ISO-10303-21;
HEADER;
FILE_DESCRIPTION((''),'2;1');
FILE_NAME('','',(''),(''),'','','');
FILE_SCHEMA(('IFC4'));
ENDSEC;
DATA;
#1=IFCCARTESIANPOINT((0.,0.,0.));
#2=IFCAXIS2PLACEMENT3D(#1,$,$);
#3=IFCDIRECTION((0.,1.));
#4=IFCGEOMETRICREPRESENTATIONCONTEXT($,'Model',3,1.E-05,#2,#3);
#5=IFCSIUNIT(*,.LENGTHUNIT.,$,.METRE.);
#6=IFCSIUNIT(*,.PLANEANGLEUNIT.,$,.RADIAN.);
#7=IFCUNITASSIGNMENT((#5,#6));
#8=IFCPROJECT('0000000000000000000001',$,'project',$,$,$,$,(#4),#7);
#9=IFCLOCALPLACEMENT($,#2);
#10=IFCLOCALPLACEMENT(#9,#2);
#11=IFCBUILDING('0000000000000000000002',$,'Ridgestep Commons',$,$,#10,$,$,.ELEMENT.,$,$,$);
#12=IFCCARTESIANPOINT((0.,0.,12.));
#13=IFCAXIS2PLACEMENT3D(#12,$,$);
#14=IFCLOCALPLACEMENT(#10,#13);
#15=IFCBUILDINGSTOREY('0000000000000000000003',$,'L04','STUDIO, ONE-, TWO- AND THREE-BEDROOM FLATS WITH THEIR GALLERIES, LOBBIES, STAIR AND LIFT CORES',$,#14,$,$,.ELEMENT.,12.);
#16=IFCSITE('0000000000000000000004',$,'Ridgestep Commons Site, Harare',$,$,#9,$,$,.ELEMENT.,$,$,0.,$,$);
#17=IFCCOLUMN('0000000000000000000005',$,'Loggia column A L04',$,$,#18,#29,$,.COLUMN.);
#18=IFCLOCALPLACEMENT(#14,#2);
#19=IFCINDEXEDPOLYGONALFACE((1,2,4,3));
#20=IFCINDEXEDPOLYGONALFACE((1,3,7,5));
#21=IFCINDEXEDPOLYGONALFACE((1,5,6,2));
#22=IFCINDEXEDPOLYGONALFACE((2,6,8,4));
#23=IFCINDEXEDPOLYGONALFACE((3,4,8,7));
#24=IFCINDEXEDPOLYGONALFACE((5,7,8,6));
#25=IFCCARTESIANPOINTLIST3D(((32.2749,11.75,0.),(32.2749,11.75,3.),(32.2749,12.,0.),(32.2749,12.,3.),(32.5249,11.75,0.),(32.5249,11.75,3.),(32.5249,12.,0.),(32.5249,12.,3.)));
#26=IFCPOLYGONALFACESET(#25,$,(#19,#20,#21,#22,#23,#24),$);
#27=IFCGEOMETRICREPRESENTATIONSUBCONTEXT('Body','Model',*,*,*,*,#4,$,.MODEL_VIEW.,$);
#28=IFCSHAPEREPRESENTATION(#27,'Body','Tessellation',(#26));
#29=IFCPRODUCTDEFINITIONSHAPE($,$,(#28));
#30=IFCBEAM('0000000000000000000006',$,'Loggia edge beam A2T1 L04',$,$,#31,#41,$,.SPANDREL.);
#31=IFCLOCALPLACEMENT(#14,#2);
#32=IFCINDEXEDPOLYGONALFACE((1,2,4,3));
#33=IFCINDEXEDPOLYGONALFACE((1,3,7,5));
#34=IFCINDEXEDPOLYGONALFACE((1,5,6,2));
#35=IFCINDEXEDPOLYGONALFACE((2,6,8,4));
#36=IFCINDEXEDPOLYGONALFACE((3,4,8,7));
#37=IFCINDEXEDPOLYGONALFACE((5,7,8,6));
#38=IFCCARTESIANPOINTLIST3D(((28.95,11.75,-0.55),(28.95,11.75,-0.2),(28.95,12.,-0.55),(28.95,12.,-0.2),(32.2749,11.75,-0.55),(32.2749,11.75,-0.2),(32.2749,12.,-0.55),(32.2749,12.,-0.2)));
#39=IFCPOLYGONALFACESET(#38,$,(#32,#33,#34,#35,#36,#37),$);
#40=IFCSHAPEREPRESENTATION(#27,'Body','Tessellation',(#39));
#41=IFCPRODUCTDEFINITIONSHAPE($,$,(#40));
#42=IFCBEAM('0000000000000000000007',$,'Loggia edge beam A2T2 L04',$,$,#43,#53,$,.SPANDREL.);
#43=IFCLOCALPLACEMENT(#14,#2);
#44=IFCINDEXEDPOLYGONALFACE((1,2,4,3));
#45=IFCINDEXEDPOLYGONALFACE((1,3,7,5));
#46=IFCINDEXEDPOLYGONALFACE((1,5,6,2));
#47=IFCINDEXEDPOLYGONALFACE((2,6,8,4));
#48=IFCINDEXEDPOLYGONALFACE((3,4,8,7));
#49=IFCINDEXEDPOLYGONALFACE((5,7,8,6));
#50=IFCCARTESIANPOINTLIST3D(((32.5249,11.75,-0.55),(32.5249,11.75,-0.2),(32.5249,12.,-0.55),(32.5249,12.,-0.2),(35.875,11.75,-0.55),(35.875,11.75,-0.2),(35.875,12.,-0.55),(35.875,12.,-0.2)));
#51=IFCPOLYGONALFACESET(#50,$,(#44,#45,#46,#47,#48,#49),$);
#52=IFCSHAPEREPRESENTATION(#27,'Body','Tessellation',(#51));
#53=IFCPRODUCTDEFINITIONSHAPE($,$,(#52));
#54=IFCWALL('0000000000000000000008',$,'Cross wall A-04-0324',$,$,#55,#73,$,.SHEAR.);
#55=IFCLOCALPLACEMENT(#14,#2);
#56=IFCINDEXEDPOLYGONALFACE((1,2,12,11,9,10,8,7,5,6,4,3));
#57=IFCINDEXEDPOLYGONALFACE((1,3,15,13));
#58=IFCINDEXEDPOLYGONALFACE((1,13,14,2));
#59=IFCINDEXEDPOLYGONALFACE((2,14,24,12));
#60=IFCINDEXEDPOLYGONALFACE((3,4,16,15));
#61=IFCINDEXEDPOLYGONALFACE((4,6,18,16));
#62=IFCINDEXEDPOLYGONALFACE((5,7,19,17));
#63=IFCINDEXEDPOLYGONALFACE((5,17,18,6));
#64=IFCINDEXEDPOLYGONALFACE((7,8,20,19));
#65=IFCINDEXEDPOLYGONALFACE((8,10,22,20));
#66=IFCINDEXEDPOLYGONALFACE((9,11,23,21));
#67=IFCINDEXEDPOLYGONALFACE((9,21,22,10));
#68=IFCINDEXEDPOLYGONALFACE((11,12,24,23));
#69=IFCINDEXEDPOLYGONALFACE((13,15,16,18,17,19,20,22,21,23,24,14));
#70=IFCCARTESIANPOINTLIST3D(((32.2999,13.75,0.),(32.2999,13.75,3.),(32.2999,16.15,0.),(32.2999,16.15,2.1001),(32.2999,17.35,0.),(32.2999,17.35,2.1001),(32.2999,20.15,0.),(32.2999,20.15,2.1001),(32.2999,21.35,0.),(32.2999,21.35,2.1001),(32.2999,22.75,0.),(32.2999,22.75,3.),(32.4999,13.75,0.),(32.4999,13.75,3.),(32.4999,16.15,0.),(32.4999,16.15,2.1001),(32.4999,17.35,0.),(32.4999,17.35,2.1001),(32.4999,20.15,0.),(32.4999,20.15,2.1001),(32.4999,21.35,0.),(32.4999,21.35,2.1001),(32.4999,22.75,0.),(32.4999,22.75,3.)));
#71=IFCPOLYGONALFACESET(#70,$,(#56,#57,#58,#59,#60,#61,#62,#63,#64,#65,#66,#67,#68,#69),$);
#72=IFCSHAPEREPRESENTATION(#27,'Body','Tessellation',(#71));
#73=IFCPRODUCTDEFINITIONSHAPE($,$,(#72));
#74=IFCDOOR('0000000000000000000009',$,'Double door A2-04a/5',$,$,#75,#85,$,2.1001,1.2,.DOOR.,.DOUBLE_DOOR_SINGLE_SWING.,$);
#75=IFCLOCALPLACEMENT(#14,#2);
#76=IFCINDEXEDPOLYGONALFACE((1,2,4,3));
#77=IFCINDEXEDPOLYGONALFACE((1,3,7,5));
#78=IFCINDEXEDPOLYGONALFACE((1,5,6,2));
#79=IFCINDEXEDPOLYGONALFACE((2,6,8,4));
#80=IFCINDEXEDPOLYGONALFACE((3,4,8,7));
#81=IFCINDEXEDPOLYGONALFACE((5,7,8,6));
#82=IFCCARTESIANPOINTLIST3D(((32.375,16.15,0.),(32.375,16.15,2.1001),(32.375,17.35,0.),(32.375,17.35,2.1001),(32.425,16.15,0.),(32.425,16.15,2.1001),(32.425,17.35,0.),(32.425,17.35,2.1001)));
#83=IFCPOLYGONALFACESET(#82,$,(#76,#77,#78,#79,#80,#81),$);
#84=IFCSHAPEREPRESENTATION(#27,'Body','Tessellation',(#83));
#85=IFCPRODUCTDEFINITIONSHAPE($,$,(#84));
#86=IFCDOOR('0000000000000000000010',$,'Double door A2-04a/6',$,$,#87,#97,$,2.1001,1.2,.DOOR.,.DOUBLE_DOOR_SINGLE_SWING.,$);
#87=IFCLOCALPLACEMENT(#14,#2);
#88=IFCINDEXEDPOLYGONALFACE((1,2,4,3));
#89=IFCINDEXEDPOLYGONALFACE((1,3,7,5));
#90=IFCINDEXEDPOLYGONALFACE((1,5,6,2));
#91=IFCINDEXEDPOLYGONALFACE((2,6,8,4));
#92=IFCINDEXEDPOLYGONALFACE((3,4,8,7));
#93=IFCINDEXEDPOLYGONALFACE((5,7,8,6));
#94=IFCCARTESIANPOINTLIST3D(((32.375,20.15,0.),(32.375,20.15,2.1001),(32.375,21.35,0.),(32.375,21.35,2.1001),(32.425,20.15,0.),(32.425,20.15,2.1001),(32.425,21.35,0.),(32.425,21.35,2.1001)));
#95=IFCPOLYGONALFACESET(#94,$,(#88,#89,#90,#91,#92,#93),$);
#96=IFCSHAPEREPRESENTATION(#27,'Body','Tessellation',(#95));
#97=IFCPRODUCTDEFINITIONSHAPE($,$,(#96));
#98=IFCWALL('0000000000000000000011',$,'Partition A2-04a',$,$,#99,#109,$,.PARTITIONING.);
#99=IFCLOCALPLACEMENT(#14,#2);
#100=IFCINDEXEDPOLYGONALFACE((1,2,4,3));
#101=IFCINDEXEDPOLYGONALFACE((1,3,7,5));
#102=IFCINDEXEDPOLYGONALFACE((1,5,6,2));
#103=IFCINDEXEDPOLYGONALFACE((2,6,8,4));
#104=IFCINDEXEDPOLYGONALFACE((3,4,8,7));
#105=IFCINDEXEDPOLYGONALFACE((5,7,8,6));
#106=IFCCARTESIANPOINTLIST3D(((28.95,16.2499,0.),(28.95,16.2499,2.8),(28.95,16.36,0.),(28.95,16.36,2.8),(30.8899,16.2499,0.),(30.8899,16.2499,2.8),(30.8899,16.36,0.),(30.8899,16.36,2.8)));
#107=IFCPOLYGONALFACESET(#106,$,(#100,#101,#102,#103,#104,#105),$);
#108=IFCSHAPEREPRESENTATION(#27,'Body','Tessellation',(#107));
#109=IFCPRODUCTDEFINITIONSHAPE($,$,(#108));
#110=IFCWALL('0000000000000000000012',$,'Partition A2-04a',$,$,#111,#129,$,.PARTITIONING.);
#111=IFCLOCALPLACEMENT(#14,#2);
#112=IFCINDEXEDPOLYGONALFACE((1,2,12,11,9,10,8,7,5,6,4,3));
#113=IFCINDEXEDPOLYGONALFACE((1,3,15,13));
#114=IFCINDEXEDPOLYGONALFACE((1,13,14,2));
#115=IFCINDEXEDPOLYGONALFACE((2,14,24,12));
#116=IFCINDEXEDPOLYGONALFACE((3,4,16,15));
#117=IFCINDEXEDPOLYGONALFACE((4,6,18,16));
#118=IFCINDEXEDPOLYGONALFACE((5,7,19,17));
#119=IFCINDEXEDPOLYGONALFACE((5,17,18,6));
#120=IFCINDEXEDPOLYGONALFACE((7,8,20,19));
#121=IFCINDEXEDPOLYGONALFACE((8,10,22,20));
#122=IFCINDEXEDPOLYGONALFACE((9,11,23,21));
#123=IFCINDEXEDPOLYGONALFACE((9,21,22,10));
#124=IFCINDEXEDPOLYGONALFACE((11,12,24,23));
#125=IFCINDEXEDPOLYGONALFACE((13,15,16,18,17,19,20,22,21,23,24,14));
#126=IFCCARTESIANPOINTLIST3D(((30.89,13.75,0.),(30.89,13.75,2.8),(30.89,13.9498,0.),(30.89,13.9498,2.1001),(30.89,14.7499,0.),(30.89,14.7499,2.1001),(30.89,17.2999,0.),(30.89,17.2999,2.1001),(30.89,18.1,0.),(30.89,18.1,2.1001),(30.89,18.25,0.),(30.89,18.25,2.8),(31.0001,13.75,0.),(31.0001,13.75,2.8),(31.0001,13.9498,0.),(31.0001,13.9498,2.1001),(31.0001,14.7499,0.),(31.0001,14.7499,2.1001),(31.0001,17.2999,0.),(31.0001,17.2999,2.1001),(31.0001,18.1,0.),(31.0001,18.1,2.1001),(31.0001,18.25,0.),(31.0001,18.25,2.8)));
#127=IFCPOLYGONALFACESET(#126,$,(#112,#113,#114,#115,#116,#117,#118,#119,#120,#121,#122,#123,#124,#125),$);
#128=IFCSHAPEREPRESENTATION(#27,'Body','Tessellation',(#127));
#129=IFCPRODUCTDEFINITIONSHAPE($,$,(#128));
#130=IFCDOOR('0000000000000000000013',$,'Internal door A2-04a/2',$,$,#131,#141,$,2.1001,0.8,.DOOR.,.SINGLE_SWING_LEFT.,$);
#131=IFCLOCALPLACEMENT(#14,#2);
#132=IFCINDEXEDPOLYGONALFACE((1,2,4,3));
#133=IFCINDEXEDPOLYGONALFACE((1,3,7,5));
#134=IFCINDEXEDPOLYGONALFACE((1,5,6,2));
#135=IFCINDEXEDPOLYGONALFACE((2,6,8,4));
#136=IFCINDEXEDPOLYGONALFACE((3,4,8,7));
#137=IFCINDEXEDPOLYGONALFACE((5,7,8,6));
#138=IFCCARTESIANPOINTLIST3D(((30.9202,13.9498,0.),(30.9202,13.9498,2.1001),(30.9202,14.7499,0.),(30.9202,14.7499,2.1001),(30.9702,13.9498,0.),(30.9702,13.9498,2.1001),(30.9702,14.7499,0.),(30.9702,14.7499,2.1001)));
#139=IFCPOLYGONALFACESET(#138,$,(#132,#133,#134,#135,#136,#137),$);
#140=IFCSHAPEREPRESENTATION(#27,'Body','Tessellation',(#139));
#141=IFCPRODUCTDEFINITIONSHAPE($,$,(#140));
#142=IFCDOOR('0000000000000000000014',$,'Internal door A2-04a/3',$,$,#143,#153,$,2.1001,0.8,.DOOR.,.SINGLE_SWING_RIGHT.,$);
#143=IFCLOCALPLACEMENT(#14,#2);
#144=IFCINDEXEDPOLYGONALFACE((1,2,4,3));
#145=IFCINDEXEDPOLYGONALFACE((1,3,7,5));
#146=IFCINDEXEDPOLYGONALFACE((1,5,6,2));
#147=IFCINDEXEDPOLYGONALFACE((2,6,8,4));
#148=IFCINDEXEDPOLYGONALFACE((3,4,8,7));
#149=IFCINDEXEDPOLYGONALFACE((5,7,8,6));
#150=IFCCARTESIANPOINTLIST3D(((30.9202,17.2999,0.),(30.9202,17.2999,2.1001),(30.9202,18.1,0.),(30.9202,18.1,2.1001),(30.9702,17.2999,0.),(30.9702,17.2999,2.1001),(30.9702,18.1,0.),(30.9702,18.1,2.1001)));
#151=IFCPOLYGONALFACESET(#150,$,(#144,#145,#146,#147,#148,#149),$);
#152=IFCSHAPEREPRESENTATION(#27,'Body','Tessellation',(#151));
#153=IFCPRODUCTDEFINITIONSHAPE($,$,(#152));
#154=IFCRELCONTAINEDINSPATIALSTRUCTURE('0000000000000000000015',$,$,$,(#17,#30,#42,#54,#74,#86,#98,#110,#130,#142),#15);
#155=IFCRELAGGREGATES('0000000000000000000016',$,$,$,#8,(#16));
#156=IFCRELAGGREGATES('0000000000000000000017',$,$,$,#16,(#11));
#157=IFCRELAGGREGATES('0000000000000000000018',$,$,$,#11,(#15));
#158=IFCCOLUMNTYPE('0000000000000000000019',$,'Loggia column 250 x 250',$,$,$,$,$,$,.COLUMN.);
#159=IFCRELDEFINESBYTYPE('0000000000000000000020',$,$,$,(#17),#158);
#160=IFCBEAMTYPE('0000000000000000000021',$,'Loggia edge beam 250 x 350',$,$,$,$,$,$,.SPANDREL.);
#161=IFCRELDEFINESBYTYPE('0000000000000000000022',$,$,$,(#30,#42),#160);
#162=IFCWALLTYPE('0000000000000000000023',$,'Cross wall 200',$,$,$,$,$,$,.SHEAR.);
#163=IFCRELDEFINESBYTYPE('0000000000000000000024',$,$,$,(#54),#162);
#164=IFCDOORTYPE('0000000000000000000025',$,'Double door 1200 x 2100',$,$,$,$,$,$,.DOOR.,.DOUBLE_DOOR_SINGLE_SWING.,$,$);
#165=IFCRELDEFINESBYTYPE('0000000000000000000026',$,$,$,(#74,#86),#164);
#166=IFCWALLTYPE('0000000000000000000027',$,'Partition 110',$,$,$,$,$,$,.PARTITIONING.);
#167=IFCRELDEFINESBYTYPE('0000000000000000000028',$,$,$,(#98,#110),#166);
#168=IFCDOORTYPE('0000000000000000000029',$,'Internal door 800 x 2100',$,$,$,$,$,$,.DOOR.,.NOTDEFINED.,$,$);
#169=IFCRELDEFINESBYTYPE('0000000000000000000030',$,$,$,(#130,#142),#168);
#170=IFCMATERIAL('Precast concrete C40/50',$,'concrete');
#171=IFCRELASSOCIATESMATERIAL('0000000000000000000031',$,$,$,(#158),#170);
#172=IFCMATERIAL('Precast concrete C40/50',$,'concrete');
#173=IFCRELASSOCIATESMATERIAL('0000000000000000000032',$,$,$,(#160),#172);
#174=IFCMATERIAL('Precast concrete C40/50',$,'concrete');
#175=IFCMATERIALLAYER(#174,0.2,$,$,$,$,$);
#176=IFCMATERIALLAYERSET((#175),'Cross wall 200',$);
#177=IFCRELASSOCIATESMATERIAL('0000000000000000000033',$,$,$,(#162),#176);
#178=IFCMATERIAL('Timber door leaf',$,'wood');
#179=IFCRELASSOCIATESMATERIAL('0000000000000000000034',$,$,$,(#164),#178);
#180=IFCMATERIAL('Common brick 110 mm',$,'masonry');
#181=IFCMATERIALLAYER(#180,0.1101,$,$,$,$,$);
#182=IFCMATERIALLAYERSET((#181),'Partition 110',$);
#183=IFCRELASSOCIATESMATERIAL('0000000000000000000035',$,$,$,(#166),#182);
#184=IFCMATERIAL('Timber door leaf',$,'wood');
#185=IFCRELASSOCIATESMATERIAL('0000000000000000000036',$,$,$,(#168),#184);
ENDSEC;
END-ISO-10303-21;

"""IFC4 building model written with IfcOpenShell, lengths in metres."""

from ifc_helpers import new_model, si_unit, direction, frame, frame_2d, origin, origin_2d, place, context, subcontext, project, spatial, rectangle, extrude, material, layer, layer_set, material_profile, profile_set, type_object, element, fill, save


model = new_model("IFC4")

# Units and contexts
model_context = context("Model", 3, precision=1e-05, world=origin(), true_north=direction((0.0, 1.0)))
body_context = subcontext(model_context, "Body", "Model", "MODEL_VIEW")
ifc_project = project(units=[si_unit("LENGTHUNIT", "METRE"), si_unit("PLANEANGLEUNIT", "RADIAN")], contexts=[model_context])

# Site, building, storey
site_placement = place(None, origin())
site = spatial("IfcSite", under=ifc_project, at=site_placement, Name="Ridgestep Commons Site, Harare", CompositionType="ELEMENT", RefElevation=0.0)
building_placement = place(site_placement, origin())
building = spatial("IfcBuilding", under=site, at=building_placement, Name="Ridgestep Commons", CompositionType="ELEMENT")
storey_placement = place(building_placement, frame((0.0, 0.0, 12.0)))
storey = spatial("IfcBuildingStorey", under=building, at=storey_placement, Name="L04", Description="STUDIO, ONE-, TWO- AND THREE-BEDROOM FLATS WITH THEIR GALLERIES, LOBBIES, STAIR AND LIFT CORES", CompositionType="ELEMENT", Elevation=12.0)

# Column
ifc_material_1 = material(Name="Precast concrete C40/50", Category="concrete")
ifc_material_profile_1 = material_profile(ifc_material_1, rectangle(XDim=0.25, YDim=0.25, at=origin_2d()), Name="PC 250x250")
ifc_profile_set_1 = profile_set([ifc_material_profile_1], Name="Precast concrete C40/50")
column_type = type_object("IfcColumnType", Name="Loggia column 250 x 250", PredefinedType="COLUMN", material=ifc_profile_set_1)
column_placement = place(storey_placement, frame((32.3999, 11.875, 0.0), z_axis=(0.0, 0.0, 1.0), x_axis=(1.0, 0.0, 0.0)))
element("IfcColumn", 1, at=column_placement, inside=storey, type_object=column_type, Name="Loggia column A L04", PredefinedType="COLUMN", context=body_context, shape_type="SweptSolid", body=[
    extrude(rectangle(XDim=0.25, YDim=0.25, at=origin_2d()), origin(), (0.0, 0.0, 1.0), 3.0),
])

# Beams
ifc_material_2 = material(Name="Precast concrete C40/50", Category="concrete")
ifc_material_profile_2 = material_profile(ifc_material_2, rectangle(XDim=0.25, YDim=0.3501, at=origin_2d()), Name="PC 250x350")
ifc_profile_set_2 = profile_set([ifc_material_profile_2], Name="Precast concrete C40/50")
beam_type = type_object("IfcBeamType", Name="Loggia edge beam 250 x 350", PredefinedType="SPANDREL", material=ifc_profile_set_2)
beam_1_placement = place(storey_placement, frame((28.95, 11.875, -0.375), z_axis=(1.0, 0.0, 0.0), x_axis=(0.0, 1.0, 0.0)))
element("IfcBeam", 2, at=beam_1_placement, inside=storey, type_object=beam_type, Name="Loggia edge beam A2T1 L04", PredefinedType="SPANDREL", context=body_context, shape_type="SweptSolid", body=[
    extrude(rectangle(XDim=0.25, YDim=0.3501, at=origin_2d()), origin(), (0.0, 0.0, 1.0), 3.325),
])
beam_2_placement = place(storey_placement, frame((32.5249, 11.875, -0.375), z_axis=(1.0, 0.0, 0.0), x_axis=(0.0, 1.0, 0.0)))
element("IfcBeam", 3, at=beam_2_placement, inside=storey, type_object=beam_type, Name="Loggia edge beam A2T2 L04", PredefinedType="SPANDREL", context=body_context, shape_type="SweptSolid", body=[
    extrude(rectangle(XDim=0.25, YDim=0.3501, at=origin_2d()), origin(), (0.0, 0.0, 1.0), 3.3501),
])

# Wall, openings, doors
ifc_material_3 = material(Name="Precast concrete C40/50", Category="concrete")
ifc_layer_1 = layer(ifc_material_3, 0.2)
ifc_layer_set_1 = layer_set([ifc_layer_1], Name="Cross wall 200")
wall_type_1 = type_object("IfcWallType", Name="Cross wall 200", PredefinedType="SHEAR", material=ifc_layer_set_1)
wall_1_placement = place(storey_placement, frame((32.3999, 13.75, 0.0), z_axis=(0.0, 0.0, 1.0), x_axis=(0.0, 1.0, 0.0)))
wall_1 = element("IfcWall", 4, at=wall_1_placement, inside=storey, type_object=wall_type_1, Name="Cross wall A-04-0324", PredefinedType="SHEAR", context=body_context, shape_type="SweptSolid", body=[
    extrude(rectangle(XDim=9.0, YDim=0.2, at=frame_2d((4.5, 0.0))), origin(), (0.0, 0.0, 1.0), 3.0),
])
opening_1_placement = place(wall_1_placement, frame((2.3999, 0.0, 0.0)))
opening_1 = element("IfcOpeningElement", 5, at=opening_1_placement, cuts=wall_1, PredefinedType="OPENING", context=body_context, shape_type="SweptSolid", body=[
    extrude(rectangle(XDim=1.2, YDim=2.1001, at=frame_2d((0.6001, 1.05))), frame((0.0, 0.1099, 0.0), z_axis=(0.0, -1.0, 0.0), x_axis=(1.0, 0.0, 0.0)), (0.0, 0.0, 1.0), 0.22),
])
opening_2_placement = place(wall_1_placement, frame((6.3999, 0.0, 0.0)))
opening_2 = element("IfcOpeningElement", 6, at=opening_2_placement, cuts=wall_1, PredefinedType="OPENING", context=body_context, shape_type="SweptSolid", body=[
    extrude(rectangle(XDim=1.2, YDim=2.1001, at=frame_2d((0.6001, 1.05))), frame((0.0, 0.1099, 0.0), z_axis=(0.0, -1.0, 0.0), x_axis=(1.0, 0.0, 0.0)), (0.0, 0.0, 1.0), 0.22),
])
ifc_material_4 = material(Name="Timber door leaf", Category="wood")
door_type_1 = type_object("IfcDoorType", Name="Double door 1200 x 2100", OperationType="DOUBLE_DOOR_SINGLE_SWING", PredefinedType="DOOR", material=ifc_material_4)
door_1_placement = place(opening_1_placement, origin())
door_1 = element("IfcDoor", 7, at=door_1_placement, inside=storey, type_object=door_type_1, Name="Double door A2-04a/5", OperationType="DOUBLE_DOOR_SINGLE_SWING", OverallHeight=2.1001, OverallWidth=1.2, PredefinedType="DOOR", context=body_context, shape_type="SweptSolid", body=[
    extrude(rectangle(XDim=1.2, YDim=2.1001, at=frame_2d((0.6001, 1.05))), frame((0.0, 0.0249, 0.0), z_axis=(0.0, -1.0, 0.0), x_axis=(1.0, 0.0, 0.0)), (0.0, 0.0, 1.0), 0.05),
])
fill(opening_1, door_1)
door_2_placement = place(opening_2_placement, origin())
door_2 = element("IfcDoor", 8, at=door_2_placement, inside=storey, type_object=door_type_1, Name="Double door A2-04a/6", OperationType="DOUBLE_DOOR_SINGLE_SWING", OverallHeight=2.1001, OverallWidth=1.2, PredefinedType="DOOR", context=body_context, shape_type="SweptSolid", body=[
    extrude(rectangle(XDim=1.2, YDim=2.1001, at=frame_2d((0.6001, 1.05))), frame((0.0, 0.0249, 0.0), z_axis=(0.0, -1.0, 0.0), x_axis=(1.0, 0.0, 0.0)), (0.0, 0.0, 1.0), 0.05),
])
fill(opening_2, door_2)

# Wall
ifc_material_5 = material(Name="Common brick 110 mm", Category="masonry")
ifc_layer_2 = layer(ifc_material_5, 0.1101)
ifc_layer_set_2 = layer_set([ifc_layer_2], Name="Partition 110")
wall_type_2 = type_object("IfcWallType", Name="Partition 110", PredefinedType="PARTITIONING", material=ifc_layer_set_2)
wall_2_placement = place(storey_placement, frame((28.95, 16.3049, 0.0), z_axis=(0.0, 0.0, 1.0), x_axis=(1.0, 0.0, 0.0)))
element("IfcWall", 9, at=wall_2_placement, inside=storey, type_object=wall_type_2, Name="Partition A2-04a", PredefinedType="PARTITIONING", context=body_context, shape_type="SweptSolid", body=[
    extrude(rectangle(XDim=1.9399, YDim=0.1101, at=frame_2d((0.97, 0.0))), origin(), (0.0, 0.0, 1.0), 2.8),
])

# Wall, openings, doors
wall_3_placement = place(storey_placement, frame((30.9451, 13.75, 0.0), z_axis=(0.0, 0.0, 1.0), x_axis=(0.0, 1.0, 0.0)))
wall_3 = element("IfcWall", 10, at=wall_3_placement, inside=storey, type_object=wall_type_2, Name="Partition A2-04a", PredefinedType="PARTITIONING", context=body_context, shape_type="SweptSolid", body=[
    extrude(rectangle(XDim=4.5, YDim=0.1101, at=frame_2d((2.25, 0.0))), origin(), (0.0, 0.0, 1.0), 2.8),
])
opening_3_placement = place(wall_3_placement, frame((0.2, 0.0, 0.0)))
opening_3 = element("IfcOpeningElement", 11, at=opening_3_placement, cuts=wall_3, PredefinedType="OPENING", context=body_context, shape_type="SweptSolid", body=[
    extrude(rectangle(XDim=0.8, YDim=2.1001, at=frame_2d((0.3999, 1.05))), frame((0.0, 0.0649, 0.0), z_axis=(0.0, -1.0, 0.0), x_axis=(1.0, 0.0, 0.0)), (0.0, 0.0, 1.0), 0.1301),
])
opening_4_placement = place(wall_3_placement, frame((3.55, 0.0, 0.0)))
opening_4 = element("IfcOpeningElement", 12, at=opening_4_placement, cuts=wall_3, PredefinedType="OPENING", context=body_context, shape_type="SweptSolid", body=[
    extrude(rectangle(XDim=0.8, YDim=2.1001, at=frame_2d((0.3999, 1.05))), frame((0.0, 0.0649, 0.0), z_axis=(0.0, -1.0, 0.0), x_axis=(1.0, 0.0, 0.0)), (0.0, 0.0, 1.0), 0.1301),
])
ifc_material_6 = material(Name="Timber door leaf", Category="wood")
door_type_2 = type_object("IfcDoorType", Name="Internal door 800 x 2100", OperationType="NOTDEFINED", PredefinedType="DOOR", material=ifc_material_6)
door_3_placement = place(opening_3_placement, origin())
door_3 = element("IfcDoor", 13, at=door_3_placement, inside=storey, type_object=door_type_2, Name="Internal door A2-04a/2", OperationType="SINGLE_SWING_LEFT", OverallHeight=2.1001, OverallWidth=0.8, PredefinedType="DOOR", context=body_context, shape_type="SweptSolid", body=[
    extrude(rectangle(XDim=0.8, YDim=2.1001, at=frame_2d((0.3999, 1.05))), frame((0.0, 0.0249, 0.0), z_axis=(0.0, -1.0, 0.0), x_axis=(1.0, 0.0, 0.0)), (0.0, 0.0, 1.0), 0.05),
])
fill(opening_3, door_3)
door_4_placement = place(opening_4_placement, origin())
door_4 = element("IfcDoor", 14, at=door_4_placement, inside=storey, type_object=door_type_2, Name="Internal door A2-04a/3", OperationType="SINGLE_SWING_RIGHT", OverallHeight=2.1001, OverallWidth=0.8, PredefinedType="DOOR", context=body_context, shape_type="SweptSolid", body=[
    extrude(rectangle(XDim=0.8, YDim=2.1001, at=frame_2d((0.3999, 1.05))), frame((0.0, 0.0249, 0.0), z_axis=(0.0, -1.0, 0.0), x_axis=(1.0, 0.0, 0.0)), (0.0, 0.0, 1.0), 0.05),
])
fill(opening_4, door_4)

save(model, "model.ifc")
